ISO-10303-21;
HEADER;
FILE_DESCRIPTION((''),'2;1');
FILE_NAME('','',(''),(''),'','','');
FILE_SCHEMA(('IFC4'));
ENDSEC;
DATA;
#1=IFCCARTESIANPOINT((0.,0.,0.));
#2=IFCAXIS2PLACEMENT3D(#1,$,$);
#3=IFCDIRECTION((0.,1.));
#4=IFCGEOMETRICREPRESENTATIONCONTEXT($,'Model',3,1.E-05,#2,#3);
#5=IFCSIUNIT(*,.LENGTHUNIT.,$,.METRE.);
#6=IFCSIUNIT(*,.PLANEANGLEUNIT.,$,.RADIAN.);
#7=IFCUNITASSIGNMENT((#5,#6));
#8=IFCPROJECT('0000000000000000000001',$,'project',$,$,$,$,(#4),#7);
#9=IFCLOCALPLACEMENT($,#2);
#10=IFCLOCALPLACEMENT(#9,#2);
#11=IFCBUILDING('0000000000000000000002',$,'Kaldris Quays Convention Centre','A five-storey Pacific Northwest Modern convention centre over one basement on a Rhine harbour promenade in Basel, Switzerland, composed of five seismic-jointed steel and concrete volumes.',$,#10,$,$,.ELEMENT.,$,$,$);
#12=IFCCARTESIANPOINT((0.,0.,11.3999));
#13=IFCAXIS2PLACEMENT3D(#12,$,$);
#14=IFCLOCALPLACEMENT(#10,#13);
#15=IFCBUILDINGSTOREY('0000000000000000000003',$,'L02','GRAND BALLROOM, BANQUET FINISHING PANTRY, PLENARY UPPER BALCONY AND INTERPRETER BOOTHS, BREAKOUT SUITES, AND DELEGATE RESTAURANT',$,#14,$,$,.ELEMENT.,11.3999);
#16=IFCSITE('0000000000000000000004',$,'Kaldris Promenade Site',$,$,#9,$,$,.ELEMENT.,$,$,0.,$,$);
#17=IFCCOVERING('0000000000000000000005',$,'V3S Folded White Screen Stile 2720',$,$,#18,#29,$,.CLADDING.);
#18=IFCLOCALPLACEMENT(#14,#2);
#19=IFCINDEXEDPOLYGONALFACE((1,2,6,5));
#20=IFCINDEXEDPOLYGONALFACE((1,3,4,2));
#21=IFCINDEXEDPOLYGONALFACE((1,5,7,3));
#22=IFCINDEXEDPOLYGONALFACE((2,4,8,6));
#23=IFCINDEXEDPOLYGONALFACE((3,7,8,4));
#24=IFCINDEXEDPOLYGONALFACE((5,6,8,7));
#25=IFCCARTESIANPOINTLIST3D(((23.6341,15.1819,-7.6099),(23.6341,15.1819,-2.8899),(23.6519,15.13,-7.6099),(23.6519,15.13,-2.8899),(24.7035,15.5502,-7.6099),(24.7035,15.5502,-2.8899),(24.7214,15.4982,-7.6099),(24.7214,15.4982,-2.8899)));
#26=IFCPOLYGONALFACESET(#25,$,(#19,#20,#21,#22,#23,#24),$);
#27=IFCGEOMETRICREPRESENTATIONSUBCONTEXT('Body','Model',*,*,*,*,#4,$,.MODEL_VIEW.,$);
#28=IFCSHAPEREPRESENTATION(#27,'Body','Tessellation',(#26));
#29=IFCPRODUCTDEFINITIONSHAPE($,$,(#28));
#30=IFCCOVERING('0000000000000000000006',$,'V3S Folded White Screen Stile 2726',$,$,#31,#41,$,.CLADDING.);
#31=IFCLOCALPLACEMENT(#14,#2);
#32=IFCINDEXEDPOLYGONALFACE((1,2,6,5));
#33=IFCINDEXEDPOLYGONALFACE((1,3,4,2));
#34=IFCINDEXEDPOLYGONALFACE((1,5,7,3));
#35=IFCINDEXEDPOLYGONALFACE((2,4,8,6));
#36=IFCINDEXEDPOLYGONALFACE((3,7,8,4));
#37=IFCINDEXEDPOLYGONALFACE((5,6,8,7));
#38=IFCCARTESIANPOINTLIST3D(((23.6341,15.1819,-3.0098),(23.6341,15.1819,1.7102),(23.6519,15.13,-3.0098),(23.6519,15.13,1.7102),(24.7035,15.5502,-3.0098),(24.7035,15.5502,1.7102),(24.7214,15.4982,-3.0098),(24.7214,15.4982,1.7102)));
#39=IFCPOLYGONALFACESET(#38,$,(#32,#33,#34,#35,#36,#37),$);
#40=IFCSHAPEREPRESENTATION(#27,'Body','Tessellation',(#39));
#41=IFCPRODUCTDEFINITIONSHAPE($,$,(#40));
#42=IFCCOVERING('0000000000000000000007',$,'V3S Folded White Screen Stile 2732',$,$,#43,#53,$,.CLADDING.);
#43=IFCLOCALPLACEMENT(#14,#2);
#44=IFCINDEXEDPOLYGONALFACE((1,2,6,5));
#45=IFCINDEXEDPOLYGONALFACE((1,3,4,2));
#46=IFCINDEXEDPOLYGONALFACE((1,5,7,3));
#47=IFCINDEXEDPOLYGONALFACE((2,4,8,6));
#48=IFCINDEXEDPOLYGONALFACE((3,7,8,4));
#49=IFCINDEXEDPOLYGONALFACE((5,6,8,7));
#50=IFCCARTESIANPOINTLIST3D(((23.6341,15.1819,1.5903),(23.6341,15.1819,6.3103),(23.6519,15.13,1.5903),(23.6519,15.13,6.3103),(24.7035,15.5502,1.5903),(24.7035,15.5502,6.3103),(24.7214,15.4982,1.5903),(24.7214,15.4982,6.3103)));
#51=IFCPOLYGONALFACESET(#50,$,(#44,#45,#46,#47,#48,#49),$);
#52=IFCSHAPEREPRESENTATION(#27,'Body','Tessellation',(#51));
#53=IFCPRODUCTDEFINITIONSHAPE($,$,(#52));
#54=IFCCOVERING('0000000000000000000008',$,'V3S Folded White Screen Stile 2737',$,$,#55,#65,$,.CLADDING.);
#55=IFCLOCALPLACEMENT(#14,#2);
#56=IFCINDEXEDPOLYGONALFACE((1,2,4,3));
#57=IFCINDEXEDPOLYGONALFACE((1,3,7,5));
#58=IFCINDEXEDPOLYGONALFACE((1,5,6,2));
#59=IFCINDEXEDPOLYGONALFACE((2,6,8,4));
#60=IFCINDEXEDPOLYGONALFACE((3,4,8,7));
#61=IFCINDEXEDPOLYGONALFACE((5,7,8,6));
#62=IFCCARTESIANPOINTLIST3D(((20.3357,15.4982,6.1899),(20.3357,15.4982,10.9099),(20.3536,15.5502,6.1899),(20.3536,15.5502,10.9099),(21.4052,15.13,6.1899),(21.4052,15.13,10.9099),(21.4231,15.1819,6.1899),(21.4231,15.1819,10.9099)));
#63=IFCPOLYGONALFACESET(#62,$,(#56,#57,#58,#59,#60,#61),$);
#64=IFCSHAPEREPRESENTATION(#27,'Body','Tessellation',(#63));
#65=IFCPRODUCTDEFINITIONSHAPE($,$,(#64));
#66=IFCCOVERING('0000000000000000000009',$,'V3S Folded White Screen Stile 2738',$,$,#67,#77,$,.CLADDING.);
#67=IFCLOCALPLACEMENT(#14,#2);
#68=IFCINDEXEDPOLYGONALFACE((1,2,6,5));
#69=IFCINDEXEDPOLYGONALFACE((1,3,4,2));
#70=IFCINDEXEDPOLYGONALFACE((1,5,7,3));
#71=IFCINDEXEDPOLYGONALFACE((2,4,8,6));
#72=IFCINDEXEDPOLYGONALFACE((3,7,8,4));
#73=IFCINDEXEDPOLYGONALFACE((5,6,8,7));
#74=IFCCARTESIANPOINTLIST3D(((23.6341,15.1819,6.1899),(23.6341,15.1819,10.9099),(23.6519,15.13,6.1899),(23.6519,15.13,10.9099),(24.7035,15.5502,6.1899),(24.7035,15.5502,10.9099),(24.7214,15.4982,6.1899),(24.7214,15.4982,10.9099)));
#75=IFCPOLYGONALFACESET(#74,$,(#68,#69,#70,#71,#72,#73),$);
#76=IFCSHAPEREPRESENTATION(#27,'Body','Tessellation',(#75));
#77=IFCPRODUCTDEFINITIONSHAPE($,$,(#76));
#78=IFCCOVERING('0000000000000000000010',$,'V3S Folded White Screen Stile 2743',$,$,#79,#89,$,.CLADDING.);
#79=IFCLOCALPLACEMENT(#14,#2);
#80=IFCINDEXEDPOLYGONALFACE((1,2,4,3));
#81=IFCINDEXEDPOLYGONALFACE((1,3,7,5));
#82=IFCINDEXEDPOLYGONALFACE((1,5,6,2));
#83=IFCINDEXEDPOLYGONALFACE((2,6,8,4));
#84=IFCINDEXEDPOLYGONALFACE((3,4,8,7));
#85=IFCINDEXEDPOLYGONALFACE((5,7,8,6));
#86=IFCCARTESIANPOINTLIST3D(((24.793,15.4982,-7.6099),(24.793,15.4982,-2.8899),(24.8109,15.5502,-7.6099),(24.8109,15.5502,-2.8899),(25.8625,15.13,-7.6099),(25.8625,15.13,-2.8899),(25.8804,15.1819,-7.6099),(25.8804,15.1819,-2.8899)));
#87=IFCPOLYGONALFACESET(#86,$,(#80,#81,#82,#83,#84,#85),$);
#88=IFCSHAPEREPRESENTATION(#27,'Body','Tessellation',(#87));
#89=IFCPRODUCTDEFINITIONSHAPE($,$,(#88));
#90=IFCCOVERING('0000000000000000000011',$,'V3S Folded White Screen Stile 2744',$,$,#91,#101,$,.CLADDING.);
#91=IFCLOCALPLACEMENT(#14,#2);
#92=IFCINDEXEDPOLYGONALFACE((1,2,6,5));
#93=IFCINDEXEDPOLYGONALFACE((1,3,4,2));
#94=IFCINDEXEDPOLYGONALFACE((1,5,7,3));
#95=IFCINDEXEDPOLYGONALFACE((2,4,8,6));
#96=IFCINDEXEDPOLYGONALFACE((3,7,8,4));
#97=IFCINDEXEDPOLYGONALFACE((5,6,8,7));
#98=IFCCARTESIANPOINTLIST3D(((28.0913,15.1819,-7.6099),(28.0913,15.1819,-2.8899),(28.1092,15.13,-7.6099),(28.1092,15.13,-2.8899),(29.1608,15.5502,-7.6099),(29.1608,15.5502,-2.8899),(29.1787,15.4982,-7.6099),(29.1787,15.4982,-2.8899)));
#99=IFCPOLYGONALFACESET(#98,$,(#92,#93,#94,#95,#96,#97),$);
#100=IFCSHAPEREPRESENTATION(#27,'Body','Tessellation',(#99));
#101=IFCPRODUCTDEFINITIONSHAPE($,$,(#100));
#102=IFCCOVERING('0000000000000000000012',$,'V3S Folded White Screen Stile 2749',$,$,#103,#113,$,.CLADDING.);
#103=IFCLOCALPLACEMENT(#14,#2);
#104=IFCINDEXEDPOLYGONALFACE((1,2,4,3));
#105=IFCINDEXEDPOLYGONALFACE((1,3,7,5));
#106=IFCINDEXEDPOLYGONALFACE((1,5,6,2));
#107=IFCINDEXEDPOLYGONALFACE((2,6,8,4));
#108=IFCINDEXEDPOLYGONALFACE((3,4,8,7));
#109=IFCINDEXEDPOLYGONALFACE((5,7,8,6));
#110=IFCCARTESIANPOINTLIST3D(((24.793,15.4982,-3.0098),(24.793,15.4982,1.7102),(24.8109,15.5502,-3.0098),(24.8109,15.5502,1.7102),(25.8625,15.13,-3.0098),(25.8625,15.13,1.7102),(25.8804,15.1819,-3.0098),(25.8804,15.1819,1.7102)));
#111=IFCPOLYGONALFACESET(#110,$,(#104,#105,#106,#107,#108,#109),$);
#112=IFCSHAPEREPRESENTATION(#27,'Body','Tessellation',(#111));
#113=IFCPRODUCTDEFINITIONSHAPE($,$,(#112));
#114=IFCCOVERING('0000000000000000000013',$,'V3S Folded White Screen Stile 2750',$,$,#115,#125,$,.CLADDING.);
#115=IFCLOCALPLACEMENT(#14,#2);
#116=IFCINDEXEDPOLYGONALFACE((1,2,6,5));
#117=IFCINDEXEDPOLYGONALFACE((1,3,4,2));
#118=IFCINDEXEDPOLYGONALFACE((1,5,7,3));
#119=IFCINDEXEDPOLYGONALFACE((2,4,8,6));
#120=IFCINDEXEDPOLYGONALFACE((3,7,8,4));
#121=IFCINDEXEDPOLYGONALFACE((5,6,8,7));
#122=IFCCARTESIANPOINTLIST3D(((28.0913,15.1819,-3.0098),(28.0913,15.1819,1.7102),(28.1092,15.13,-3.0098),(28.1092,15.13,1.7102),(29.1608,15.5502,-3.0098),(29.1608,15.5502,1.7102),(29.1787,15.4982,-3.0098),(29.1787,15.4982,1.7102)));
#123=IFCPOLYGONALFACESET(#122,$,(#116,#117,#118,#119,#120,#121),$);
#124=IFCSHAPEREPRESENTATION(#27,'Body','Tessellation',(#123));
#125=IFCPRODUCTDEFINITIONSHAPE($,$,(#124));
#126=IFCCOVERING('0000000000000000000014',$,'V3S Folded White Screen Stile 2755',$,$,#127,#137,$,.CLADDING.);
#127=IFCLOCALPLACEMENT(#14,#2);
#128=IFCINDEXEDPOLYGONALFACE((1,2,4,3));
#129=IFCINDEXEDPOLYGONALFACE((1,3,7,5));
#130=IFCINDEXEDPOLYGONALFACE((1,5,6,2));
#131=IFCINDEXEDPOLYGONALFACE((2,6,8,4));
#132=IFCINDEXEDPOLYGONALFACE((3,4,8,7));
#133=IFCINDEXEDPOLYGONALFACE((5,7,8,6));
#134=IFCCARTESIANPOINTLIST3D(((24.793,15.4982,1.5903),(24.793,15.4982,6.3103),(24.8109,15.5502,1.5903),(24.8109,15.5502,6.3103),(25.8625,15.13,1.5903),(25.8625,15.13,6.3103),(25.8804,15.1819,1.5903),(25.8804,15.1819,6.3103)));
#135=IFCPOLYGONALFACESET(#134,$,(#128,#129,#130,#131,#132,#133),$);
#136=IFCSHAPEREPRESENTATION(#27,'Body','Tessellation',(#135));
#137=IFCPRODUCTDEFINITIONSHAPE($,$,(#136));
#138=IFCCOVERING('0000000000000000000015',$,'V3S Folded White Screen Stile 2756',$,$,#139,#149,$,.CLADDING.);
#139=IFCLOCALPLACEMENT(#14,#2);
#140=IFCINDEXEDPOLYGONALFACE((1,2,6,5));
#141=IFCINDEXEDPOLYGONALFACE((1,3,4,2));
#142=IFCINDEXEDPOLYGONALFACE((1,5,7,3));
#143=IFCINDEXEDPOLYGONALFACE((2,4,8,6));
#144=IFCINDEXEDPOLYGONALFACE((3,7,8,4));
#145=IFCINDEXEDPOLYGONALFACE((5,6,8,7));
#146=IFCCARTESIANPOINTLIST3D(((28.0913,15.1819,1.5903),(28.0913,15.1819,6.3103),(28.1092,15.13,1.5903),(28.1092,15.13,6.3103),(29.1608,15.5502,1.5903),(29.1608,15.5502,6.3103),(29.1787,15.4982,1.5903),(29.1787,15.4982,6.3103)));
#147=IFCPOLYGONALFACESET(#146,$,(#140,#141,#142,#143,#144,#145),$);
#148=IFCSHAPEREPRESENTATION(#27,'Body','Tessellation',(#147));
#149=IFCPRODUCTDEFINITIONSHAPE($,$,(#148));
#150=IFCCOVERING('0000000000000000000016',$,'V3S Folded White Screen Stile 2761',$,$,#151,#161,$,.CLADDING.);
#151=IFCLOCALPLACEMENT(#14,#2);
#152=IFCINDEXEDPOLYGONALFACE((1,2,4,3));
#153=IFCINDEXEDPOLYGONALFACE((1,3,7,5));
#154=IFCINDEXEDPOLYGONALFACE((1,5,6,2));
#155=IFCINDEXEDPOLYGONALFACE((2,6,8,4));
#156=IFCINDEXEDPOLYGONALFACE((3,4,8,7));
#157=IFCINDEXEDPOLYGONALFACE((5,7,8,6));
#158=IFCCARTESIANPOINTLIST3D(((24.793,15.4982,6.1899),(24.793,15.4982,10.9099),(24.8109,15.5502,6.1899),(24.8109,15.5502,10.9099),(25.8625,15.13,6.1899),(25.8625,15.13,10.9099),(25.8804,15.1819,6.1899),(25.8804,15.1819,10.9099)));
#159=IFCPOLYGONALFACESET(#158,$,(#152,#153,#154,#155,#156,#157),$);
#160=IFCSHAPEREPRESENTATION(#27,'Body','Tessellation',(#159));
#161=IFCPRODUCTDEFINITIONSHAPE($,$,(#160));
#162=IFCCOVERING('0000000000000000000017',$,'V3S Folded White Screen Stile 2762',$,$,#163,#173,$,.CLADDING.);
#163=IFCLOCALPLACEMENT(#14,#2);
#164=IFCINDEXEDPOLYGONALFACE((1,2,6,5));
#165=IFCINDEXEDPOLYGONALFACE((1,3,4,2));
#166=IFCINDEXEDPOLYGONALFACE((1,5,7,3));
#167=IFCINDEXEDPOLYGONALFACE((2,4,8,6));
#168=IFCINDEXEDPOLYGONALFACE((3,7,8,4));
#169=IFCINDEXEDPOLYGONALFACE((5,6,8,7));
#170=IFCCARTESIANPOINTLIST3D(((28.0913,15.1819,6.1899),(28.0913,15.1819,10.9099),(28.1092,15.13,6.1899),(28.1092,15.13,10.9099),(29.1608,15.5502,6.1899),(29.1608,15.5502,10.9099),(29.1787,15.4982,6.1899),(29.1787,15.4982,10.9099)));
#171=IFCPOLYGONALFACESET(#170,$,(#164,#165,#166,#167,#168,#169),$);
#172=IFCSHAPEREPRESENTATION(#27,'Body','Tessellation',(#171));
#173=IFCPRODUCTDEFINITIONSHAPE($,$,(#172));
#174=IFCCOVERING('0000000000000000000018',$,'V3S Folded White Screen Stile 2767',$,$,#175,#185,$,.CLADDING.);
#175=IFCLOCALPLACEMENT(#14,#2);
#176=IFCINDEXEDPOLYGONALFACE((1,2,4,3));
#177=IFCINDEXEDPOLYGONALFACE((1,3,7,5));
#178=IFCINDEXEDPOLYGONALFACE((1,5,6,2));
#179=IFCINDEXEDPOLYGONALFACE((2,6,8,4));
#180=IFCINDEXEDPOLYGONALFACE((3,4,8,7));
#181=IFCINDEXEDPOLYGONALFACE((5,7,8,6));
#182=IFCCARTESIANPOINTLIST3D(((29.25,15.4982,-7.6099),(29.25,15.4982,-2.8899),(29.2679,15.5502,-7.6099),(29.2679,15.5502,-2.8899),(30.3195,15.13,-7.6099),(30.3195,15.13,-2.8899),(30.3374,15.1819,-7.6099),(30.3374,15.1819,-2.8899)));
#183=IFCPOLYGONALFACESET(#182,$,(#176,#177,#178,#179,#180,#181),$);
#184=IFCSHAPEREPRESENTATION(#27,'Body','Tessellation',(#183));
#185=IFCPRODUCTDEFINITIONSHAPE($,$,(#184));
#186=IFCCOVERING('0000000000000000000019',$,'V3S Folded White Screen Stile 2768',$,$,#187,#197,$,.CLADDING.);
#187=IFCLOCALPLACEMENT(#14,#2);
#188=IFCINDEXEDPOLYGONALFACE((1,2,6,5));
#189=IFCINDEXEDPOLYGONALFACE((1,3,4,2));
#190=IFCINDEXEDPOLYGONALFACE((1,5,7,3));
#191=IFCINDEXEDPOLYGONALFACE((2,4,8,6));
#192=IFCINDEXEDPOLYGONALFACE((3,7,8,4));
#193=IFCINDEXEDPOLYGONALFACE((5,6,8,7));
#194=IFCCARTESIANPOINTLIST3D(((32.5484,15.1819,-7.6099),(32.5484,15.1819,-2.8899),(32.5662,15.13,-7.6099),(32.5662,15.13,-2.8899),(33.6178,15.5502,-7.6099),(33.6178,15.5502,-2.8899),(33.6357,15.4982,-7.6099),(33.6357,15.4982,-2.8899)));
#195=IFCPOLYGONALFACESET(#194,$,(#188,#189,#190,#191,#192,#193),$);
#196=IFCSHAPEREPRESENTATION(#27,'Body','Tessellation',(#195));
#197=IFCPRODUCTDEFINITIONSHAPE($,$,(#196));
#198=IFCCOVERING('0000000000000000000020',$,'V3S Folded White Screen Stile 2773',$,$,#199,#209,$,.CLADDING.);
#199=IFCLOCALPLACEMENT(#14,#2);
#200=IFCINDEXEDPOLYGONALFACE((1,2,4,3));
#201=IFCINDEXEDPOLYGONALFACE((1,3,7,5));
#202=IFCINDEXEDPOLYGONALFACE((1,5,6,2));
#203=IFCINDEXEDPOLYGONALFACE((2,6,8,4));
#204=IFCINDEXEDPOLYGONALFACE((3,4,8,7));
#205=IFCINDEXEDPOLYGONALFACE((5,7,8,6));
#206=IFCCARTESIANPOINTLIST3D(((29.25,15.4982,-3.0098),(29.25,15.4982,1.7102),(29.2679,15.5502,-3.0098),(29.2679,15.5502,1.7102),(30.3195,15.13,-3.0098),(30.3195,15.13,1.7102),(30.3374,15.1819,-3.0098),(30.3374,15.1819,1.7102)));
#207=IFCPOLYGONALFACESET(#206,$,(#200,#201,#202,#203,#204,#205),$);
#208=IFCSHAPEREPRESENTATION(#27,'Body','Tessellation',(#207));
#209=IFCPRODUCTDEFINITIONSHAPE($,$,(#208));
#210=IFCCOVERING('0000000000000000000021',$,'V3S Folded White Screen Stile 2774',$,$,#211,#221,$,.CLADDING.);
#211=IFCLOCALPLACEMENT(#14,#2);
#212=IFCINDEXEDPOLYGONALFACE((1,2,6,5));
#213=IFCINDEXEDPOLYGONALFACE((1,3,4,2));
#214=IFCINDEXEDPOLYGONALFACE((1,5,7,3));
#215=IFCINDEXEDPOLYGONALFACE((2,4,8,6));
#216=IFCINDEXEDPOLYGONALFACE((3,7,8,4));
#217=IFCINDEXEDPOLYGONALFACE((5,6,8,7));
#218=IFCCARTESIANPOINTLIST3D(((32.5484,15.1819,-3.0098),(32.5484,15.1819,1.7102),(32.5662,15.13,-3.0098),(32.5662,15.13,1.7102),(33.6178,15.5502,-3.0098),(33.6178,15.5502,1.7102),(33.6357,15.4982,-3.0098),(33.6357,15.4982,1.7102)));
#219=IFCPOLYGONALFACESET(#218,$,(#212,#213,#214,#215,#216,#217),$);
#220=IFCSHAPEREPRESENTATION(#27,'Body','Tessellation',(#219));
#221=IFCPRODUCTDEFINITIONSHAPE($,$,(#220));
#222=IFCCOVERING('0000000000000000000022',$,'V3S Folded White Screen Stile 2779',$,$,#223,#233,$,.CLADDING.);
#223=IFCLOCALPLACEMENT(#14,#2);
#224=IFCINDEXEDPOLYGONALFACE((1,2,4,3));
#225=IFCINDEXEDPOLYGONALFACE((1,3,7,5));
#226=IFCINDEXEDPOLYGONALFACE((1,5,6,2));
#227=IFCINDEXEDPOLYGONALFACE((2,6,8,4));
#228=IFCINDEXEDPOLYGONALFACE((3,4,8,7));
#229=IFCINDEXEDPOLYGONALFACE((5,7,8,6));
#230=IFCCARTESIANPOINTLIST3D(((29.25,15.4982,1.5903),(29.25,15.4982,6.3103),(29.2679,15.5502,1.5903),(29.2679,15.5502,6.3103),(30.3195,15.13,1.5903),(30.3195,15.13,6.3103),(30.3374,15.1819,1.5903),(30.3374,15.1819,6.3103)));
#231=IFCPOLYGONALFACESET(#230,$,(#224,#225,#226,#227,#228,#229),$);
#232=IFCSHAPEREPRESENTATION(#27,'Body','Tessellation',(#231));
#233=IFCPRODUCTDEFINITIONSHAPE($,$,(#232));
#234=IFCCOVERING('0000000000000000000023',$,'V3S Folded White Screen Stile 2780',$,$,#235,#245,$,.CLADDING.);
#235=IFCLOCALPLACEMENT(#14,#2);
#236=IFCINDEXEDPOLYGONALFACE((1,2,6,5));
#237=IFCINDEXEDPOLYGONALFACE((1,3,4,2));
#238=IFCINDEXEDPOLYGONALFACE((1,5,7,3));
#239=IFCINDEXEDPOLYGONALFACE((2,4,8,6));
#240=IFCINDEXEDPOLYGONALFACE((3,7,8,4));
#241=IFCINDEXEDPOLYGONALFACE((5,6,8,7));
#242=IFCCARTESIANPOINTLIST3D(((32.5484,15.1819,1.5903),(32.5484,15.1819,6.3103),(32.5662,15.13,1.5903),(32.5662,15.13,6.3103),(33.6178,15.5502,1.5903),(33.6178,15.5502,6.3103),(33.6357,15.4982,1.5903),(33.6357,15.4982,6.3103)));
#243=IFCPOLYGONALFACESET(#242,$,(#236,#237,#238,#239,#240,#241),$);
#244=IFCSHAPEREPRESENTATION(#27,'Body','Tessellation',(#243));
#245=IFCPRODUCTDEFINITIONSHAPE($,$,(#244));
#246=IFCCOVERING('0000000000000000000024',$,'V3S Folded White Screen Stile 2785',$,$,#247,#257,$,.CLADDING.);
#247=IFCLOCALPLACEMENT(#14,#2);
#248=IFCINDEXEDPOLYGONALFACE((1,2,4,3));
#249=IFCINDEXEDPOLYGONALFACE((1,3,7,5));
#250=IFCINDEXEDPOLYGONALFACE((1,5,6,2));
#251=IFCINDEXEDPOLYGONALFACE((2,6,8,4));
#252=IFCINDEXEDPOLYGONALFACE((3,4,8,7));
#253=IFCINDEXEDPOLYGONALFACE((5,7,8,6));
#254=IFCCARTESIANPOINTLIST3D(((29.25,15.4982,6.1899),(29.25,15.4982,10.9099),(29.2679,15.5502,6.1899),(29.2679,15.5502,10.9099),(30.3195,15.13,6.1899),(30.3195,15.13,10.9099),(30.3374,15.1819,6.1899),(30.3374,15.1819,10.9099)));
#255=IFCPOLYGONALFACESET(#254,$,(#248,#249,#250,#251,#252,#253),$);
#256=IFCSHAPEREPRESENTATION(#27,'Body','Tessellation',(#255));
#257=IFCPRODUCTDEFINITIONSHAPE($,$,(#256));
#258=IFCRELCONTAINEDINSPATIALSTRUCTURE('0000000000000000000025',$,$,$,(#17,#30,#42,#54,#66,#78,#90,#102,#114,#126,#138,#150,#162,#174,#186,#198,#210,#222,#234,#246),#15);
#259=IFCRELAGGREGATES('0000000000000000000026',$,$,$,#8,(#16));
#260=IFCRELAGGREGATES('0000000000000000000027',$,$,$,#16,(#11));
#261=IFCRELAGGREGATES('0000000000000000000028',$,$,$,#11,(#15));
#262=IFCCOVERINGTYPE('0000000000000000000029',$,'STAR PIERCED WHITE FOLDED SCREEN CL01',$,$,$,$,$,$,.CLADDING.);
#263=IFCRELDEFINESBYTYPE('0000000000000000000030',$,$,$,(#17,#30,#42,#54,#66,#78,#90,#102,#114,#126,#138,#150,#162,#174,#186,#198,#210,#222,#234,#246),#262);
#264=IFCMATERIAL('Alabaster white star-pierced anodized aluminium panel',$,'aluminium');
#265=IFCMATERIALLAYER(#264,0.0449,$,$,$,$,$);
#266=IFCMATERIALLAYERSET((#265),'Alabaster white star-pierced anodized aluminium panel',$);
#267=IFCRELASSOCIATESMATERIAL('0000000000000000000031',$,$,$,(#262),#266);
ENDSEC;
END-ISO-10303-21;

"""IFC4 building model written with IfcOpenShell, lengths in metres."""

from ifc_helpers import new_model, si_unit, direction, frame, origin, origin_2d, place, context, subcontext, project, spatial, rectangle, extrude, material, layer, layer_set, type_object, element, save


model = new_model("IFC4")

# Units and contexts
model_context = context("Model", 3, precision=1e-05, world=origin(), true_north=direction((0.0, 1.0)))
body_context = subcontext(model_context, "Body", "Model", "MODEL_VIEW")
ifc_project = project(units=[si_unit("LENGTHUNIT", "METRE"), si_unit("PLANEANGLEUNIT", "RADIAN")], contexts=[model_context])

# Site, building, storey
site_placement = place(None, origin())
site = spatial("IfcSite", under=ifc_project, at=site_placement, Name="Kaldris Promenade Site", CompositionType="ELEMENT", RefElevation=0.0)
building_placement = place(site_placement, origin())
building = spatial("IfcBuilding", under=site, at=building_placement, Name="Kaldris Quays Convention Centre", Description="A five-storey Pacific Northwest Modern convention centre over one basement on a Rhine harbour promenade in Basel, Switzerland, composed of five seismic-jointed steel and concrete volumes.", CompositionType="ELEMENT")
storey_placement = place(building_placement, frame((0.0, 0.0, 11.3999)))
storey = spatial("IfcBuildingStorey", under=building, at=storey_placement, Name="L02", Description="GRAND BALLROOM, BANQUET FINISHING PANTRY, PLENARY UPPER BALCONY AND INTERPRETER BOOTHS, BREAKOUT SUITES, AND DELEGATE RESTAURANT", CompositionType="ELEMENT", Elevation=11.3999)

# Coverings
ifc_material_1 = material(Name="Alabaster white star-pierced anodized aluminium panel", Category="aluminium")
ifc_layer = layer(ifc_material_1, 0.0449)
ifc_layer_set = layer_set([ifc_layer], Name="Alabaster white star-pierced anodized aluminium panel")
covering_type = type_object("IfcCoveringType", Name="STAR PIERCED WHITE FOLDED SCREEN CL01", PredefinedType="CLADDING", material=ifc_layer_set)
for number, where, z_axis, x_axis, name in (
    (1, (24.1777, 15.3401, -7.6099), (0.0, 0.0, 1.0), (0.945519, 0.325568, 0.0), "V3S Folded White Screen Stile 2720"),
    (2, (24.1777, 15.3401, -3.0098), (0.0, 0.0, 1.0), (0.945519, 0.325568, 0.0), "V3S Folded White Screen Stile 2726"),
    (3, (24.1777, 15.3401, 1.5903), (0.0, 0.0, 1.0), (0.945519, 0.325568, 0.0), "V3S Folded White Screen Stile 2732"),
    (4, (20.8794, 15.3401, 6.1899), (0.0, 0.0, 1.0), (0.945519, -0.325568, 0.0), "V3S Folded White Screen Stile 2737"),
    (5, (24.1777, 15.3401, 6.1899), (0.0, 0.0, 1.0), (0.945519, 0.325568, 0.0), "V3S Folded White Screen Stile 2738"),
    (6, (25.3367, 15.3401, -7.6099), (0.0, 0.0, 1.0), (0.945519, -0.325568, 0.0), "V3S Folded White Screen Stile 2743"),
    (7, (28.635, 15.3401, -7.6099), (0.0, 0.0, 1.0), (0.945519, 0.325568, 0.0), "V3S Folded White Screen Stile 2744"),
    (8, (25.3367, 15.3401, -3.0098), (0.0, 0.0, 1.0), (0.945519, -0.325568, 0.0), "V3S Folded White Screen Stile 2749"),
    (9, (28.635, 15.3401, -3.0098), (0.0, 0.0, 1.0), (0.945519, 0.325568, 0.0), "V3S Folded White Screen Stile 2750"),
    (10, (25.3367, 15.3401, 1.5903), (0.0, 0.0, 1.0), (0.945519, -0.325568, 0.0), "V3S Folded White Screen Stile 2755"),
    (11, (28.635, 15.3401, 1.5903), (0.0, 0.0, 1.0), (0.945519, 0.325568, 0.0), "V3S Folded White Screen Stile 2756"),
    (12, (25.3367, 15.3401, 6.1899), (0.0, 0.0, 1.0), (0.945519, -0.325568, 0.0), "V3S Folded White Screen Stile 2761"),
    (13, (28.635, 15.3401, 6.1899), (0.0, 0.0, 1.0), (0.945519, 0.325568, 0.0), "V3S Folded White Screen Stile 2762"),
    (14, (29.7937, 15.3401, -7.6099), (0.0, 0.0, 1.0), (0.945519, -0.325568, 0.0), "V3S Folded White Screen Stile 2767"),
    (15, (33.092, 15.3401, -7.6099), (0.0, 0.0, 1.0), (0.945519, 0.325568, 0.0), "V3S Folded White Screen Stile 2768"),
    (16, (29.7937, 15.3401, -3.0098), (0.0, 0.0, 1.0), (0.945519, -0.325568, 0.0), "V3S Folded White Screen Stile 2773"),
    (17, (33.092, 15.3401, -3.0098), (0.0, 0.0, 1.0), (0.945519, 0.325568, 0.0), "V3S Folded White Screen Stile 2774"),
    (18, (29.7937, 15.3401, 1.5903), (0.0, 0.0, 1.0), (0.945519, -0.325568, 0.0), "V3S Folded White Screen Stile 2779"),
    (19, (33.092, 15.3401, 1.5903), (0.0, 0.0, 1.0), (0.945519, 0.325568, 0.0), "V3S Folded White Screen Stile 2780"),
    (20, (29.7937, 15.3401, 6.1899), (0.0, 0.0, 1.0), (0.945519, -0.325568, 0.0), "V3S Folded White Screen Stile 2785"),
):
    element("IfcCovering", number, at=place(storey_placement, frame(where, z_axis=z_axis, x_axis=x_axis)), inside=storey, type_object=covering_type, Name=name, PredefinedType="CLADDING", context=body_context, shape_type="SweptSolid", body=[
        extrude(rectangle(XDim=1.1311, YDim=0.0549, at=origin_2d()), origin(), (0.0, 0.0, 1.0), 4.72),
    ])

save(model, "model.ifc")
